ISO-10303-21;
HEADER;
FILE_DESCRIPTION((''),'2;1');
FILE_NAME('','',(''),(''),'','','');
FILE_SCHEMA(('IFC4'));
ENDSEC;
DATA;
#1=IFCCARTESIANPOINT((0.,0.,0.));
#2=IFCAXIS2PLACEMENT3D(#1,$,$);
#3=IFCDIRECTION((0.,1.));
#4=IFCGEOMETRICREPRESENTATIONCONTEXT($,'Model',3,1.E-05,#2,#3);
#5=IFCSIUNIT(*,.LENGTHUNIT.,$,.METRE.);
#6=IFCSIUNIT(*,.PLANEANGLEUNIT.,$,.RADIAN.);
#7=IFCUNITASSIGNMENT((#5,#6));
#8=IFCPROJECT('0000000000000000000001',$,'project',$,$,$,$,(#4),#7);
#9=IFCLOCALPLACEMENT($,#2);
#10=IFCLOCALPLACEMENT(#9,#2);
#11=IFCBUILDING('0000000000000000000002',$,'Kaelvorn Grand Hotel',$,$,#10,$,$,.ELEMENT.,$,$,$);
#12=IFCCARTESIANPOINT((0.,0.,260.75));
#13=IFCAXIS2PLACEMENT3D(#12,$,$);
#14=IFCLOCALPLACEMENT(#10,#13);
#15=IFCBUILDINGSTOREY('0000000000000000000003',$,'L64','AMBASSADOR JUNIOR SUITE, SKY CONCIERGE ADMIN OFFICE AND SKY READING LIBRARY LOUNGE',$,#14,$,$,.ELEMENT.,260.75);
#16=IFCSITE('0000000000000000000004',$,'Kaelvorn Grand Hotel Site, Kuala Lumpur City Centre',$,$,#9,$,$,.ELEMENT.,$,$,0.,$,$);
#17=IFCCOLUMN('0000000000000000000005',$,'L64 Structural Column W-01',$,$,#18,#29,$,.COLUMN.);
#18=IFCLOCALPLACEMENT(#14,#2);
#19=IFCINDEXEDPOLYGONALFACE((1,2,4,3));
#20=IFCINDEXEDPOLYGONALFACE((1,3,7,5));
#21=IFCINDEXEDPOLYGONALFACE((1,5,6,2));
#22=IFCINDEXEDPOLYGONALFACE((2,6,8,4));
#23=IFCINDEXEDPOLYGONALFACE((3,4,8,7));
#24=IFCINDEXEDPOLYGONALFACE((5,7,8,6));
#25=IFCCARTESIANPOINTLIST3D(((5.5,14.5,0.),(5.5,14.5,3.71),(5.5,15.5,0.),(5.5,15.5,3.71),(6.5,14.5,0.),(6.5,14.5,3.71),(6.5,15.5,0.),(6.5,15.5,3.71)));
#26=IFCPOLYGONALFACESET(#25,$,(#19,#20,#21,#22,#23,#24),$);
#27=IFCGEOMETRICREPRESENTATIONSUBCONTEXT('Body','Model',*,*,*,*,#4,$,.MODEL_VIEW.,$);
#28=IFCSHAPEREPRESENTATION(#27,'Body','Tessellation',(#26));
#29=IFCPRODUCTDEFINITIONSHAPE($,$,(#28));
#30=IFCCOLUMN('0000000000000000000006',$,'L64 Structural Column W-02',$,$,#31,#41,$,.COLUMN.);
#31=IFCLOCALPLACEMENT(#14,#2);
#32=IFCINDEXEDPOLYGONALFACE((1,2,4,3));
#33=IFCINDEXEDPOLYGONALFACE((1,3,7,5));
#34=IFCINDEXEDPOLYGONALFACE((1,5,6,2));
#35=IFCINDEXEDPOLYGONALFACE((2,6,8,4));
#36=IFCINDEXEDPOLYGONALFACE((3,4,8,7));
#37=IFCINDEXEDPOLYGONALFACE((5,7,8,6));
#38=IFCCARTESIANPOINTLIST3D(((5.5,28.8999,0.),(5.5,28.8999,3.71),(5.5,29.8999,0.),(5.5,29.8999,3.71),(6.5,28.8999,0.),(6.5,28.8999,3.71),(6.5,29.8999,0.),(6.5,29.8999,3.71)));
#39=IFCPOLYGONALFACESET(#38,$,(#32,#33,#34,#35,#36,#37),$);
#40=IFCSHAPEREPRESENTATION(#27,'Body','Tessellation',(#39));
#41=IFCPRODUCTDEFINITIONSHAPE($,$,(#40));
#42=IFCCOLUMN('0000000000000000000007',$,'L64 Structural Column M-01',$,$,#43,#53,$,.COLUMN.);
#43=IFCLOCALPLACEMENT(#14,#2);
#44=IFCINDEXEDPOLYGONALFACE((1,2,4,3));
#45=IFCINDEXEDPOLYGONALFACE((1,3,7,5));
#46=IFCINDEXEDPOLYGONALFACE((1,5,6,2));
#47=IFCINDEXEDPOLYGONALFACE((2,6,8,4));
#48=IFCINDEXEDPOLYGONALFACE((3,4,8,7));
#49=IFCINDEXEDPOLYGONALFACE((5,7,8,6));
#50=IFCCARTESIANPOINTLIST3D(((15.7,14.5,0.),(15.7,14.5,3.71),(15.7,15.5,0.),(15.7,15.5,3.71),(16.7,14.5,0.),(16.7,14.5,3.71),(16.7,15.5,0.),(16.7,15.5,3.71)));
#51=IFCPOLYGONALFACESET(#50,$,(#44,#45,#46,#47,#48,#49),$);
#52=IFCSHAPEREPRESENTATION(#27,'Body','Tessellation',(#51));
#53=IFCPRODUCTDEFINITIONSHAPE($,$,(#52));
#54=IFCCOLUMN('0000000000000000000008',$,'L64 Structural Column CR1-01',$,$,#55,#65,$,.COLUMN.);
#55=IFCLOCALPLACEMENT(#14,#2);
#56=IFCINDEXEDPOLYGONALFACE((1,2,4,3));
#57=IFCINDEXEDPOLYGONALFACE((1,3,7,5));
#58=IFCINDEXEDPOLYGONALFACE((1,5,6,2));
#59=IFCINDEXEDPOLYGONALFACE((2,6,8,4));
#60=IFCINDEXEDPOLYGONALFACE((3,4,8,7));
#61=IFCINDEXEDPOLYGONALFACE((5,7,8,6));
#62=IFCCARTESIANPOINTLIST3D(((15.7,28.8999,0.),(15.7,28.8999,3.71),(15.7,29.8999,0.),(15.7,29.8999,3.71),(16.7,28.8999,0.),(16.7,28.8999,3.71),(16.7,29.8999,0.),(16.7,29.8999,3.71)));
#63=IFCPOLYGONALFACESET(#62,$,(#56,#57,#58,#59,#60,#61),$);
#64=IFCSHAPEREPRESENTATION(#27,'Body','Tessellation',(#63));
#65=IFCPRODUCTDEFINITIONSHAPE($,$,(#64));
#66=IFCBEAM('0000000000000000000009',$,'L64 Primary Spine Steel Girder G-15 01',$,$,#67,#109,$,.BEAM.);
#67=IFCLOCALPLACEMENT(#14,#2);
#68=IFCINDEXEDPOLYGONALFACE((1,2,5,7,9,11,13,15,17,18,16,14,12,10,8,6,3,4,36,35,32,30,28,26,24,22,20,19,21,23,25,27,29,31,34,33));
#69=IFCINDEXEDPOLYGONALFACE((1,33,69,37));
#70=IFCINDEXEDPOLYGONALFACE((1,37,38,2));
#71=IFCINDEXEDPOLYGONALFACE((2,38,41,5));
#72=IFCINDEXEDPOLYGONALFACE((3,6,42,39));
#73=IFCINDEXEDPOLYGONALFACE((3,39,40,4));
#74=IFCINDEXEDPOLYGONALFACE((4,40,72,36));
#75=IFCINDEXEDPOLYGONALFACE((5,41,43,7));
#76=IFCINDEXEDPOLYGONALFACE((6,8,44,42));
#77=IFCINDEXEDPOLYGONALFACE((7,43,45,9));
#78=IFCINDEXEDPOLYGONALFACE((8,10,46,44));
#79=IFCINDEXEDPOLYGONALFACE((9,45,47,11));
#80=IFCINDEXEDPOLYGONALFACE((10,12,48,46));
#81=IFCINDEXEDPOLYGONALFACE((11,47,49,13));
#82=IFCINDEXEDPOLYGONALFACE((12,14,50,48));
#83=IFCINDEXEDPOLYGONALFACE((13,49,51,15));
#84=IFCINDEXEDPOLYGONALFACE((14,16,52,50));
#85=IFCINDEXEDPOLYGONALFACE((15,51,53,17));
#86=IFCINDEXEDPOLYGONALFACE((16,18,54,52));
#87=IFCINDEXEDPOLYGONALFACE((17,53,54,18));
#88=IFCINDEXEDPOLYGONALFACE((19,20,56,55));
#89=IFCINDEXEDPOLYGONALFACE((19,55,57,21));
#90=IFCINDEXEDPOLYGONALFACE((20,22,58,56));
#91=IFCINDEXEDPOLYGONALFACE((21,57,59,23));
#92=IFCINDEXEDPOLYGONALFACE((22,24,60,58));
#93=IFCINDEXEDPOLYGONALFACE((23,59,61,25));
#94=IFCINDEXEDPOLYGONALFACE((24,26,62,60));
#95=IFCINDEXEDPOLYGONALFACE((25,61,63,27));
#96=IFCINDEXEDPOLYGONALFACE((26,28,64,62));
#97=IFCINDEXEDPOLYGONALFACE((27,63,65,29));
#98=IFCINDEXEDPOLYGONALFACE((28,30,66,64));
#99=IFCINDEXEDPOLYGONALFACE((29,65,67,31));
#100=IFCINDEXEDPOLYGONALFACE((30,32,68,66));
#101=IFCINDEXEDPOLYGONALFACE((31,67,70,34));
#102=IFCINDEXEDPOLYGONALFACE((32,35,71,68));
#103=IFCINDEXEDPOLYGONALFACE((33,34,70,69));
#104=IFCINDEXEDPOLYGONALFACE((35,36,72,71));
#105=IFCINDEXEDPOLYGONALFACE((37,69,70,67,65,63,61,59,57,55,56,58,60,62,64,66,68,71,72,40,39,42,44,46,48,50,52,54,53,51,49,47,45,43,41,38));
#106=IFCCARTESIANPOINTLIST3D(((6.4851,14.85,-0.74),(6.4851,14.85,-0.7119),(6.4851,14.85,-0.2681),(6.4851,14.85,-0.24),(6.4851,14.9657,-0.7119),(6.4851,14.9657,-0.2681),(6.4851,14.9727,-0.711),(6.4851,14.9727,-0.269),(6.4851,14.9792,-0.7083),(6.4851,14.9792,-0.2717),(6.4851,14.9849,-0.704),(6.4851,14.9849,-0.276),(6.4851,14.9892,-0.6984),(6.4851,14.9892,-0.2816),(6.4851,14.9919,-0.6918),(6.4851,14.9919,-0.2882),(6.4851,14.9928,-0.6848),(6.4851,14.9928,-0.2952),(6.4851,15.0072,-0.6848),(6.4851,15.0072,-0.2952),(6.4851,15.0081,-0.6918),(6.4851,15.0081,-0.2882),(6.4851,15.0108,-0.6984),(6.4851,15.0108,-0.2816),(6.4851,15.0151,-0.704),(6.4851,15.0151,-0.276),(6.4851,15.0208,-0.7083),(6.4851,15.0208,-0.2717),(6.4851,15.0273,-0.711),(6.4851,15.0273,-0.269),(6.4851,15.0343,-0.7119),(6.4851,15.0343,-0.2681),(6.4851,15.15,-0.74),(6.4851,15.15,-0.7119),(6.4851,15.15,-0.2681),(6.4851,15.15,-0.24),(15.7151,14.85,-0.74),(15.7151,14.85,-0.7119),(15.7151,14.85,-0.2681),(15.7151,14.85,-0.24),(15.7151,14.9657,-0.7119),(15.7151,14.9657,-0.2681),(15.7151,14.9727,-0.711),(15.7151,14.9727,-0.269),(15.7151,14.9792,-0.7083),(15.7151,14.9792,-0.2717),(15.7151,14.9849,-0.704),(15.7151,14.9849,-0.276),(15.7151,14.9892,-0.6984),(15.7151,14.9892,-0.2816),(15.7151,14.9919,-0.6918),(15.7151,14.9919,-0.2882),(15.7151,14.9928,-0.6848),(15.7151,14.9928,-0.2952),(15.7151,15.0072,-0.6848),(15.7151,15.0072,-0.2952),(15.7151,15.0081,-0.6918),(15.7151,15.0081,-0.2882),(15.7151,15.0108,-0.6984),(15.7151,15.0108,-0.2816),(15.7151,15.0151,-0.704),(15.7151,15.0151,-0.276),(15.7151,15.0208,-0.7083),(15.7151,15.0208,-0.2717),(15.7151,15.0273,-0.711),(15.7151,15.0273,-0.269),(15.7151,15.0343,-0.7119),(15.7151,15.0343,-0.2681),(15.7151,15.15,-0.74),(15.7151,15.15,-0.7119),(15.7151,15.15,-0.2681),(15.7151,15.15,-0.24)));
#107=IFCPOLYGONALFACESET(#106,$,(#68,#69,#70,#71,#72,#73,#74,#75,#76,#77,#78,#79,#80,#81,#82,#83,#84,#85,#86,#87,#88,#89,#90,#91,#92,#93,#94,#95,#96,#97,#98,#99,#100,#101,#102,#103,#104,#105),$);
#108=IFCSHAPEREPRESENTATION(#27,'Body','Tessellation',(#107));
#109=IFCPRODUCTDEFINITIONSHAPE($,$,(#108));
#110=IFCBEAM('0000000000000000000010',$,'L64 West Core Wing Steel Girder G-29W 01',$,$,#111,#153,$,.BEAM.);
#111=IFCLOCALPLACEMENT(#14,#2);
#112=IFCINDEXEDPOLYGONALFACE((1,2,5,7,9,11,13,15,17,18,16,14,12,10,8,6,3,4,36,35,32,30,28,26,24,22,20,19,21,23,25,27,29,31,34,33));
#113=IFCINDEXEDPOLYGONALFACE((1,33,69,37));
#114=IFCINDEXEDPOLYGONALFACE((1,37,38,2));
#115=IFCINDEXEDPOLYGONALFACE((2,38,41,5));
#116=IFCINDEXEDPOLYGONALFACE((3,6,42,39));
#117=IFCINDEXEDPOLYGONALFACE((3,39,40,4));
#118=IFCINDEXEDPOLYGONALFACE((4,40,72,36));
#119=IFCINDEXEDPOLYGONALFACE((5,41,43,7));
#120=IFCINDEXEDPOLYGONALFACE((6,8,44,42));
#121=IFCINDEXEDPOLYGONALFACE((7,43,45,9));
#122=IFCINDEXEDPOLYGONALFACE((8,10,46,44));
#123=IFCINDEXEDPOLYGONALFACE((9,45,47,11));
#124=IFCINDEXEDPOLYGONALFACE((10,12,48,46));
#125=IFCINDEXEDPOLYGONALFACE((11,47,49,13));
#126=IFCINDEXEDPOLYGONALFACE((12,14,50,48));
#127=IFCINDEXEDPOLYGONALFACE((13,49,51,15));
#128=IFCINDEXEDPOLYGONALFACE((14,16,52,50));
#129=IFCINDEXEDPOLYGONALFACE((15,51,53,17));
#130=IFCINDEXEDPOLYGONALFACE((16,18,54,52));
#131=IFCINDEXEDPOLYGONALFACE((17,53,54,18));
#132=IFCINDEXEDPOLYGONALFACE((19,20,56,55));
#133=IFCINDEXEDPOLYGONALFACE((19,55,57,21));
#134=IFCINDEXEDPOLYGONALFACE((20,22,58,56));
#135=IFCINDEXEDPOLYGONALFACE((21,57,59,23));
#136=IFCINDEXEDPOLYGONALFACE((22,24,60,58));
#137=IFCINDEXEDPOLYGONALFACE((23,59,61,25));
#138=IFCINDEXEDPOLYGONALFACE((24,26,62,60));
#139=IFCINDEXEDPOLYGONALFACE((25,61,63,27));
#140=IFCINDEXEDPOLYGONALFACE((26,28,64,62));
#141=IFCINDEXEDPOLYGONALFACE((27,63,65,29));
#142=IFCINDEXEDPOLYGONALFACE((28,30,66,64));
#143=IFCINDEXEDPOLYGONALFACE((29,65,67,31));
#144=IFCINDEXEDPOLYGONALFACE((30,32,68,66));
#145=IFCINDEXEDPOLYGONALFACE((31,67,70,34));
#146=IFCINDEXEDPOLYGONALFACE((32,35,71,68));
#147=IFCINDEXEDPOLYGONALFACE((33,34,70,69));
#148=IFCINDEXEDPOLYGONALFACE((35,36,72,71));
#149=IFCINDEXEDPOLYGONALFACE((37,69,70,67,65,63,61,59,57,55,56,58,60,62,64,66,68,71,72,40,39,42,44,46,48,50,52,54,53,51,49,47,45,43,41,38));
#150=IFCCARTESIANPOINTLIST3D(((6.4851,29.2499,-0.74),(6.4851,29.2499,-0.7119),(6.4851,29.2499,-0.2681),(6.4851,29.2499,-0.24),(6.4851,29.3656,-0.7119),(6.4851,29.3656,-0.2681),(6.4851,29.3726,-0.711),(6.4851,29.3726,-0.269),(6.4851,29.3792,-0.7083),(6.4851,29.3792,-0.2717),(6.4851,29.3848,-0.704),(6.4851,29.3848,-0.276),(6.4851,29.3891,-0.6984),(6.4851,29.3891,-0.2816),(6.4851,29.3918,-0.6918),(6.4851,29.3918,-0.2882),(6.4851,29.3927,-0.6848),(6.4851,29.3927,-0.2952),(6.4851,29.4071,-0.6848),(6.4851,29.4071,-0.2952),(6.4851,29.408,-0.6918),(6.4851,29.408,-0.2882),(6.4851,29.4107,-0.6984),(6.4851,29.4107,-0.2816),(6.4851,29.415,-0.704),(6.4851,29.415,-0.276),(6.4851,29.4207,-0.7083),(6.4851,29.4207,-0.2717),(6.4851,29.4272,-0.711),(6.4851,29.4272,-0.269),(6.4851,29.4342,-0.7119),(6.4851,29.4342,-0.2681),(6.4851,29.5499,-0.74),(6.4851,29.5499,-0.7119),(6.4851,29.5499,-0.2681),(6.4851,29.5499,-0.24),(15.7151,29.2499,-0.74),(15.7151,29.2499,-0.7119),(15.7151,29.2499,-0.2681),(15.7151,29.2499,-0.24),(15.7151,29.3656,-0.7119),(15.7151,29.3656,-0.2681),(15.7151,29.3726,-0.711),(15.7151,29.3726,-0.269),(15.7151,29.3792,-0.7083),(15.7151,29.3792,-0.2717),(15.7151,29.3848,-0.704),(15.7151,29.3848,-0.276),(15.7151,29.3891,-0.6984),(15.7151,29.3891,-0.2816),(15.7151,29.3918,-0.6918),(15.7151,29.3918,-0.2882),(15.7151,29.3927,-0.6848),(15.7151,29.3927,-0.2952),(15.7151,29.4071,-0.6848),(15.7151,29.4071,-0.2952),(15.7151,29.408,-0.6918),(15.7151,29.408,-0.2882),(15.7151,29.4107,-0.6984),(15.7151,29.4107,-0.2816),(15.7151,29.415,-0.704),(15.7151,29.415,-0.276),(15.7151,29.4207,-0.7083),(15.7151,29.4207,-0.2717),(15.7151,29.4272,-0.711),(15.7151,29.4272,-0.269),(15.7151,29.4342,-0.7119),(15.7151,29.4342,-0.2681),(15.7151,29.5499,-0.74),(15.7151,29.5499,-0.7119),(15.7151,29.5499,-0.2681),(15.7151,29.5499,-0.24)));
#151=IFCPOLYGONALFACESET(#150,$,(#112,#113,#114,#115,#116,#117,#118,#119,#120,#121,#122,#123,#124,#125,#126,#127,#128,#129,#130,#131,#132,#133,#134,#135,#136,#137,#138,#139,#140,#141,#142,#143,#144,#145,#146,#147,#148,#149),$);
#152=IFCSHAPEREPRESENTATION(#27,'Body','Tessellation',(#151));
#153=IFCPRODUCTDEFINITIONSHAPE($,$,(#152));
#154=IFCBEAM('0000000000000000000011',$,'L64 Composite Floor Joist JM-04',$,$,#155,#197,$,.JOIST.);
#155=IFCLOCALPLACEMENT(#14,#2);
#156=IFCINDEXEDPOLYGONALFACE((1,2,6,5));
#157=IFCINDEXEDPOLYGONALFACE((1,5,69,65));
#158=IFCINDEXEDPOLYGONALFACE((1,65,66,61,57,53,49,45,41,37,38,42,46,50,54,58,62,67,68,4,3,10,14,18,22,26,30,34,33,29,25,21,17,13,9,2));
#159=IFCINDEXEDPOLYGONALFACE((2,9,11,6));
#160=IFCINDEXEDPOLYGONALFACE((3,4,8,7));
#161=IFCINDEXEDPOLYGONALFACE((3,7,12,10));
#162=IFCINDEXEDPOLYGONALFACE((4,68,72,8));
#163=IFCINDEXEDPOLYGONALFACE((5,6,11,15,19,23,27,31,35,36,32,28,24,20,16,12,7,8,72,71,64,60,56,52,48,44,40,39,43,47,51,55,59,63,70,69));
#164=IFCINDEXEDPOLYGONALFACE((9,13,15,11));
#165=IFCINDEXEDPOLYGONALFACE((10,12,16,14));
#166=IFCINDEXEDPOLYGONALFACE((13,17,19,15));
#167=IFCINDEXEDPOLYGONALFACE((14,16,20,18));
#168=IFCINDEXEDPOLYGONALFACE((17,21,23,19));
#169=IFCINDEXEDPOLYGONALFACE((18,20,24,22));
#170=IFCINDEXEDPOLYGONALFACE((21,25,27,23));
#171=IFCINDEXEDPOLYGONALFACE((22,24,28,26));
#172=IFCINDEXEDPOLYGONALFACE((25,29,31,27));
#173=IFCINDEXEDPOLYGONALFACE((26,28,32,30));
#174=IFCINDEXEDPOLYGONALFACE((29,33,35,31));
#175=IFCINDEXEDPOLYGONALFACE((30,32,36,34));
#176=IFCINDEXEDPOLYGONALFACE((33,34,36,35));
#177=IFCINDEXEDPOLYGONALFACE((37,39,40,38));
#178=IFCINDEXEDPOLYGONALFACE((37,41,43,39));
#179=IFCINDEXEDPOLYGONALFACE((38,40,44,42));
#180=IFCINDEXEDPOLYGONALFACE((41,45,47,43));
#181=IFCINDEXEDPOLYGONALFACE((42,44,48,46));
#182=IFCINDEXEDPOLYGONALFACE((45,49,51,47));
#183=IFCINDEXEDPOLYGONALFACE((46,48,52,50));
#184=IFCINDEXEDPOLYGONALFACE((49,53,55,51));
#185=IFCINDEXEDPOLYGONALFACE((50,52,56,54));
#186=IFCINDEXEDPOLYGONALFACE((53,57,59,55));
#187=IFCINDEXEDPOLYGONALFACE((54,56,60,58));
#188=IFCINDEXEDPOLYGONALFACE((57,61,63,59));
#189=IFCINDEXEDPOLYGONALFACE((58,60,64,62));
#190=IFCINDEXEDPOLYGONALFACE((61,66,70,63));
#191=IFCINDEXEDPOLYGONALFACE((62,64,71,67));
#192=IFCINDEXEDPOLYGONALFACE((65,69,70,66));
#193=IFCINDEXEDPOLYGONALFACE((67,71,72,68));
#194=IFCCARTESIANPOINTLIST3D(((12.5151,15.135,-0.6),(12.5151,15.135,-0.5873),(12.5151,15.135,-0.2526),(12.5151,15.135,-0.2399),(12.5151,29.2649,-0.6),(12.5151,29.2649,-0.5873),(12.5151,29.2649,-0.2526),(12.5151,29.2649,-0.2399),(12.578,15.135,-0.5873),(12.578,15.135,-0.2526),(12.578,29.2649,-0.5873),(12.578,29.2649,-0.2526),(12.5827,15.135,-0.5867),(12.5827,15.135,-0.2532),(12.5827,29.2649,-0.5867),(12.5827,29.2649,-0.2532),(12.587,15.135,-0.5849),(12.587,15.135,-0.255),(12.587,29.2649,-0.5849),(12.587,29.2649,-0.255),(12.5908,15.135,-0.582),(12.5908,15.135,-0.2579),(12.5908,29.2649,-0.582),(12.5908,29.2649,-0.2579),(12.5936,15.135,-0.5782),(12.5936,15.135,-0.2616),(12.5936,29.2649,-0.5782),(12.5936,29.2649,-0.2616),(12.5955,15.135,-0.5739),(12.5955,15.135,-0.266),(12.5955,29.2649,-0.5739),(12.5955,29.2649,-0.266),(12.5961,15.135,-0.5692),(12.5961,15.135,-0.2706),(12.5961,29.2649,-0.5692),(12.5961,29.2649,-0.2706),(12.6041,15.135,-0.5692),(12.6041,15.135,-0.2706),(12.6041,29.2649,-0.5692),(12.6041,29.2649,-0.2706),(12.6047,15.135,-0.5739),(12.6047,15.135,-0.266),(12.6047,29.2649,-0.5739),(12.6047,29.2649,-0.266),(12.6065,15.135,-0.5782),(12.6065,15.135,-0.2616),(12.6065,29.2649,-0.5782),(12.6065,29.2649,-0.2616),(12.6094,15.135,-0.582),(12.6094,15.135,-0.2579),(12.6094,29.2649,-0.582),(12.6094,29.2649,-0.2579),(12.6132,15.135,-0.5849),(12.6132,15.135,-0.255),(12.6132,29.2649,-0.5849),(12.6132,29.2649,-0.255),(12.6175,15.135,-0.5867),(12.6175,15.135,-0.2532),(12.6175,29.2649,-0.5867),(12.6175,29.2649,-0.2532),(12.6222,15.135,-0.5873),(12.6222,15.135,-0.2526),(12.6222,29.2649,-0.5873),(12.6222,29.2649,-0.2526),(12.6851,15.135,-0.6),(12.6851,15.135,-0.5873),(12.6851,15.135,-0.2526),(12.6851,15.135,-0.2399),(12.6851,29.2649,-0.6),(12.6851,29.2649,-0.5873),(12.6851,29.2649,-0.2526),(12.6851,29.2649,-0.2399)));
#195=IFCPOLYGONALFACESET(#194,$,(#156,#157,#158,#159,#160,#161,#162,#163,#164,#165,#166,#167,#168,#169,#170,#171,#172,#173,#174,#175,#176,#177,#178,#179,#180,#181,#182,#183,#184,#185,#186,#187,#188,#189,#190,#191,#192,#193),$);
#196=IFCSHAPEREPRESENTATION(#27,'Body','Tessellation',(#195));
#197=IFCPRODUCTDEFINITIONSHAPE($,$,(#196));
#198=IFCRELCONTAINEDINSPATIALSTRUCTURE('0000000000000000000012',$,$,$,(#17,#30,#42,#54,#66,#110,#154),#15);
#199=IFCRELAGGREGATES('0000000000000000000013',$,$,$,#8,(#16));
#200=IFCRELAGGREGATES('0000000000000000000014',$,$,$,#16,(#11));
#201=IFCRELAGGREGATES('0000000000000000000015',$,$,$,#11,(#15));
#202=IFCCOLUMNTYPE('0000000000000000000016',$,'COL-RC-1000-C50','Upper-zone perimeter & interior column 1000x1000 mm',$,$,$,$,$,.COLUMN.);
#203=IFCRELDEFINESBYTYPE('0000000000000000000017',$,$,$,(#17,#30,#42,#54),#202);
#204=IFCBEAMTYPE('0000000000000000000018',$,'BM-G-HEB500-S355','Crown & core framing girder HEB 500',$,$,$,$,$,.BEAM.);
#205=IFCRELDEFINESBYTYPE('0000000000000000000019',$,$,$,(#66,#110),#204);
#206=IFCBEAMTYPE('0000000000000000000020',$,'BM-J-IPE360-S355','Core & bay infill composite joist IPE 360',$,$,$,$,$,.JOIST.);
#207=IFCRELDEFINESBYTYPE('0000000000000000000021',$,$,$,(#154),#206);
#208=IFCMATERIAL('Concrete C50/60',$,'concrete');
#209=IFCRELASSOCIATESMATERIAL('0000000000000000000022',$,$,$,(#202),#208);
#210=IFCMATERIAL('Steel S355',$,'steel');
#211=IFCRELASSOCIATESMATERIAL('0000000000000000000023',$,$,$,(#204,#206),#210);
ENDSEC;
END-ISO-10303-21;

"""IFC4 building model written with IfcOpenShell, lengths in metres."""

from ifc_helpers import new_model, si_unit, direction, frame, origin, origin_2d, place, context, subcontext, project, spatial, rectangle, i_section, extrude, material, material_profile, profile_set, type_object, element, save


model = new_model("IFC4")

# Units and contexts
model_context = context("Model", 3, precision=1e-05, world=origin(), true_north=direction((0.0, 1.0)))
body_context = subcontext(model_context, "Body", "Model", "MODEL_VIEW")
ifc_project = project(units=[si_unit("LENGTHUNIT", "METRE"), si_unit("PLANEANGLEUNIT", "RADIAN")], contexts=[model_context])

# Site, building, storey
site_placement = place(None, origin())
site = spatial("IfcSite", under=ifc_project, at=site_placement, Name="Kaelvorn Grand Hotel Site, Kuala Lumpur City Centre", CompositionType="ELEMENT", RefElevation=0.0)
building_placement = place(site_placement, origin())
building = spatial("IfcBuilding", under=site, at=building_placement, Name="Kaelvorn Grand Hotel", CompositionType="ELEMENT")
storey_placement = place(building_placement, frame((0.0, 0.0, 260.75)))
storey = spatial("IfcBuildingStorey", under=building, at=storey_placement, Name="L64", Description="AMBASSADOR JUNIOR SUITE, SKY CONCIERGE ADMIN OFFICE AND SKY READING LIBRARY LOUNGE", CompositionType="ELEMENT", Elevation=260.75)

# Columns
ifc_material_1 = material(Name="Concrete C50/60", Category="concrete")
ifc_material_profile_1 = material_profile(ifc_material_1, rectangle(XDim=1.0, YDim=1.0, at=origin_2d()), Name="RC COL 1000x1000")
ifc_profile_set_1 = profile_set([ifc_material_profile_1], Name="Concrete C50/60")
column_type = type_object("IfcColumnType", Name="COL-RC-1000-C50", Description="Upper-zone perimeter & interior column 1000x1000 mm", PredefinedType="COLUMN", material=ifc_profile_set_1)
for number, where, z_axis, x_axis, name in (
    (1, (6.0, 15.0, 0.0), (0.0, 0.0, 1.0), (1.0, 0.0, 0.0), "L64 Structural Column W-01"),
    (2, (6.0, 29.3999, 0.0), (0.0, 0.0, 1.0), (1.0, 0.0, 0.0), "L64 Structural Column W-02"),
    (3, (16.2, 15.0, 0.0), (0.0, 0.0, 1.0), (1.0, 0.0, 0.0), "L64 Structural Column M-01"),
    (4, (16.2, 29.3999, 0.0), (0.0, 0.0, 1.0), (1.0, 0.0, 0.0), "L64 Structural Column CR1-01"),
):
    element("IfcColumn", number, at=place(storey_placement, frame(where, z_axis=z_axis, x_axis=x_axis)), inside=storey, type_object=column_type, Name=name, PredefinedType="COLUMN", context=body_context, shape_type="SweptSolid", body=[
        extrude(rectangle(XDim=1.0, YDim=1.0, at=origin_2d()), origin(), (0.0, 0.0, 1.0), 3.71),
    ])

# Beams
ifc_material_2 = material(Name="Steel S355", Category="steel")
ifc_material_profile_2 = material_profile(ifc_material_2, i_section(OverallWidth=0.3, OverallDepth=0.5, WebThickness=0.0144, FlangeThickness=0.0281, FilletRadius=0.0271, at=origin_2d()), Name="HEB 500")
ifc_profile_set_2 = profile_set([ifc_material_profile_2], Name="Steel S355")
beam_type_1 = type_object("IfcBeamType", Name="BM-G-HEB500-S355", Description="Crown & core framing girder HEB 500", PredefinedType="BEAM", material=ifc_profile_set_2)
for number, where, z_axis, x_axis, name in (
    (5, (6.4851, 15.0, -0.49), (1.0, 0.0, 0.0), (0.0, 1.0, 0.0), "L64 Primary Spine Steel Girder G-15 01"),
    (6, (6.4851, 29.3999, -0.49), (1.0, 0.0, 0.0), (0.0, 1.0, 0.0), "L64 West Core Wing Steel Girder G-29W 01"),
):
    element("IfcBeam", number, at=place(storey_placement, frame(where, z_axis=z_axis, x_axis=x_axis)), inside=storey, type_object=beam_type_1, Name=name, PredefinedType="BEAM", context=body_context, shape_type="SweptSolid", body=[
        extrude(i_section(OverallWidth=0.3, OverallDepth=0.5, WebThickness=0.0144, FlangeThickness=0.0281, FilletRadius=0.0271, at=origin_2d()), origin(), (0.0, 0.0, 1.0), 9.23),
    ])
ifc_material_profile_3 = material_profile(ifc_material_2, i_section(OverallWidth=0.1699, OverallDepth=0.3601, WebThickness=0.0081, FlangeThickness=0.0127, FilletRadius=0.0181, at=origin_2d()), Name="IPE 360")
ifc_profile_set_3 = profile_set([ifc_material_profile_3], Name="Steel S355")
beam_type_2 = type_object("IfcBeamType", Name="BM-J-IPE360-S355", Description="Core & bay infill composite joist IPE 360", PredefinedType="JOIST", material=ifc_profile_set_3)
beam_1_placement = place(storey_placement, frame((12.6001, 15.135, -0.4199), z_axis=(0.0, 1.0, 0.0), x_axis=(-1.0, 0.0, 0.0)))
element("IfcBeam", 7, at=beam_1_placement, inside=storey, type_object=beam_type_2, Name="L64 Composite Floor Joist JM-04", PredefinedType="JOIST", context=body_context, shape_type="SweptSolid", body=[
    extrude(i_section(OverallWidth=0.1699, OverallDepth=0.3601, WebThickness=0.0081, FlangeThickness=0.0127, FilletRadius=0.0181, at=origin_2d()), origin(), (0.0, 0.0, 1.0), 14.1299),
])

save(model, "model.ifc")
